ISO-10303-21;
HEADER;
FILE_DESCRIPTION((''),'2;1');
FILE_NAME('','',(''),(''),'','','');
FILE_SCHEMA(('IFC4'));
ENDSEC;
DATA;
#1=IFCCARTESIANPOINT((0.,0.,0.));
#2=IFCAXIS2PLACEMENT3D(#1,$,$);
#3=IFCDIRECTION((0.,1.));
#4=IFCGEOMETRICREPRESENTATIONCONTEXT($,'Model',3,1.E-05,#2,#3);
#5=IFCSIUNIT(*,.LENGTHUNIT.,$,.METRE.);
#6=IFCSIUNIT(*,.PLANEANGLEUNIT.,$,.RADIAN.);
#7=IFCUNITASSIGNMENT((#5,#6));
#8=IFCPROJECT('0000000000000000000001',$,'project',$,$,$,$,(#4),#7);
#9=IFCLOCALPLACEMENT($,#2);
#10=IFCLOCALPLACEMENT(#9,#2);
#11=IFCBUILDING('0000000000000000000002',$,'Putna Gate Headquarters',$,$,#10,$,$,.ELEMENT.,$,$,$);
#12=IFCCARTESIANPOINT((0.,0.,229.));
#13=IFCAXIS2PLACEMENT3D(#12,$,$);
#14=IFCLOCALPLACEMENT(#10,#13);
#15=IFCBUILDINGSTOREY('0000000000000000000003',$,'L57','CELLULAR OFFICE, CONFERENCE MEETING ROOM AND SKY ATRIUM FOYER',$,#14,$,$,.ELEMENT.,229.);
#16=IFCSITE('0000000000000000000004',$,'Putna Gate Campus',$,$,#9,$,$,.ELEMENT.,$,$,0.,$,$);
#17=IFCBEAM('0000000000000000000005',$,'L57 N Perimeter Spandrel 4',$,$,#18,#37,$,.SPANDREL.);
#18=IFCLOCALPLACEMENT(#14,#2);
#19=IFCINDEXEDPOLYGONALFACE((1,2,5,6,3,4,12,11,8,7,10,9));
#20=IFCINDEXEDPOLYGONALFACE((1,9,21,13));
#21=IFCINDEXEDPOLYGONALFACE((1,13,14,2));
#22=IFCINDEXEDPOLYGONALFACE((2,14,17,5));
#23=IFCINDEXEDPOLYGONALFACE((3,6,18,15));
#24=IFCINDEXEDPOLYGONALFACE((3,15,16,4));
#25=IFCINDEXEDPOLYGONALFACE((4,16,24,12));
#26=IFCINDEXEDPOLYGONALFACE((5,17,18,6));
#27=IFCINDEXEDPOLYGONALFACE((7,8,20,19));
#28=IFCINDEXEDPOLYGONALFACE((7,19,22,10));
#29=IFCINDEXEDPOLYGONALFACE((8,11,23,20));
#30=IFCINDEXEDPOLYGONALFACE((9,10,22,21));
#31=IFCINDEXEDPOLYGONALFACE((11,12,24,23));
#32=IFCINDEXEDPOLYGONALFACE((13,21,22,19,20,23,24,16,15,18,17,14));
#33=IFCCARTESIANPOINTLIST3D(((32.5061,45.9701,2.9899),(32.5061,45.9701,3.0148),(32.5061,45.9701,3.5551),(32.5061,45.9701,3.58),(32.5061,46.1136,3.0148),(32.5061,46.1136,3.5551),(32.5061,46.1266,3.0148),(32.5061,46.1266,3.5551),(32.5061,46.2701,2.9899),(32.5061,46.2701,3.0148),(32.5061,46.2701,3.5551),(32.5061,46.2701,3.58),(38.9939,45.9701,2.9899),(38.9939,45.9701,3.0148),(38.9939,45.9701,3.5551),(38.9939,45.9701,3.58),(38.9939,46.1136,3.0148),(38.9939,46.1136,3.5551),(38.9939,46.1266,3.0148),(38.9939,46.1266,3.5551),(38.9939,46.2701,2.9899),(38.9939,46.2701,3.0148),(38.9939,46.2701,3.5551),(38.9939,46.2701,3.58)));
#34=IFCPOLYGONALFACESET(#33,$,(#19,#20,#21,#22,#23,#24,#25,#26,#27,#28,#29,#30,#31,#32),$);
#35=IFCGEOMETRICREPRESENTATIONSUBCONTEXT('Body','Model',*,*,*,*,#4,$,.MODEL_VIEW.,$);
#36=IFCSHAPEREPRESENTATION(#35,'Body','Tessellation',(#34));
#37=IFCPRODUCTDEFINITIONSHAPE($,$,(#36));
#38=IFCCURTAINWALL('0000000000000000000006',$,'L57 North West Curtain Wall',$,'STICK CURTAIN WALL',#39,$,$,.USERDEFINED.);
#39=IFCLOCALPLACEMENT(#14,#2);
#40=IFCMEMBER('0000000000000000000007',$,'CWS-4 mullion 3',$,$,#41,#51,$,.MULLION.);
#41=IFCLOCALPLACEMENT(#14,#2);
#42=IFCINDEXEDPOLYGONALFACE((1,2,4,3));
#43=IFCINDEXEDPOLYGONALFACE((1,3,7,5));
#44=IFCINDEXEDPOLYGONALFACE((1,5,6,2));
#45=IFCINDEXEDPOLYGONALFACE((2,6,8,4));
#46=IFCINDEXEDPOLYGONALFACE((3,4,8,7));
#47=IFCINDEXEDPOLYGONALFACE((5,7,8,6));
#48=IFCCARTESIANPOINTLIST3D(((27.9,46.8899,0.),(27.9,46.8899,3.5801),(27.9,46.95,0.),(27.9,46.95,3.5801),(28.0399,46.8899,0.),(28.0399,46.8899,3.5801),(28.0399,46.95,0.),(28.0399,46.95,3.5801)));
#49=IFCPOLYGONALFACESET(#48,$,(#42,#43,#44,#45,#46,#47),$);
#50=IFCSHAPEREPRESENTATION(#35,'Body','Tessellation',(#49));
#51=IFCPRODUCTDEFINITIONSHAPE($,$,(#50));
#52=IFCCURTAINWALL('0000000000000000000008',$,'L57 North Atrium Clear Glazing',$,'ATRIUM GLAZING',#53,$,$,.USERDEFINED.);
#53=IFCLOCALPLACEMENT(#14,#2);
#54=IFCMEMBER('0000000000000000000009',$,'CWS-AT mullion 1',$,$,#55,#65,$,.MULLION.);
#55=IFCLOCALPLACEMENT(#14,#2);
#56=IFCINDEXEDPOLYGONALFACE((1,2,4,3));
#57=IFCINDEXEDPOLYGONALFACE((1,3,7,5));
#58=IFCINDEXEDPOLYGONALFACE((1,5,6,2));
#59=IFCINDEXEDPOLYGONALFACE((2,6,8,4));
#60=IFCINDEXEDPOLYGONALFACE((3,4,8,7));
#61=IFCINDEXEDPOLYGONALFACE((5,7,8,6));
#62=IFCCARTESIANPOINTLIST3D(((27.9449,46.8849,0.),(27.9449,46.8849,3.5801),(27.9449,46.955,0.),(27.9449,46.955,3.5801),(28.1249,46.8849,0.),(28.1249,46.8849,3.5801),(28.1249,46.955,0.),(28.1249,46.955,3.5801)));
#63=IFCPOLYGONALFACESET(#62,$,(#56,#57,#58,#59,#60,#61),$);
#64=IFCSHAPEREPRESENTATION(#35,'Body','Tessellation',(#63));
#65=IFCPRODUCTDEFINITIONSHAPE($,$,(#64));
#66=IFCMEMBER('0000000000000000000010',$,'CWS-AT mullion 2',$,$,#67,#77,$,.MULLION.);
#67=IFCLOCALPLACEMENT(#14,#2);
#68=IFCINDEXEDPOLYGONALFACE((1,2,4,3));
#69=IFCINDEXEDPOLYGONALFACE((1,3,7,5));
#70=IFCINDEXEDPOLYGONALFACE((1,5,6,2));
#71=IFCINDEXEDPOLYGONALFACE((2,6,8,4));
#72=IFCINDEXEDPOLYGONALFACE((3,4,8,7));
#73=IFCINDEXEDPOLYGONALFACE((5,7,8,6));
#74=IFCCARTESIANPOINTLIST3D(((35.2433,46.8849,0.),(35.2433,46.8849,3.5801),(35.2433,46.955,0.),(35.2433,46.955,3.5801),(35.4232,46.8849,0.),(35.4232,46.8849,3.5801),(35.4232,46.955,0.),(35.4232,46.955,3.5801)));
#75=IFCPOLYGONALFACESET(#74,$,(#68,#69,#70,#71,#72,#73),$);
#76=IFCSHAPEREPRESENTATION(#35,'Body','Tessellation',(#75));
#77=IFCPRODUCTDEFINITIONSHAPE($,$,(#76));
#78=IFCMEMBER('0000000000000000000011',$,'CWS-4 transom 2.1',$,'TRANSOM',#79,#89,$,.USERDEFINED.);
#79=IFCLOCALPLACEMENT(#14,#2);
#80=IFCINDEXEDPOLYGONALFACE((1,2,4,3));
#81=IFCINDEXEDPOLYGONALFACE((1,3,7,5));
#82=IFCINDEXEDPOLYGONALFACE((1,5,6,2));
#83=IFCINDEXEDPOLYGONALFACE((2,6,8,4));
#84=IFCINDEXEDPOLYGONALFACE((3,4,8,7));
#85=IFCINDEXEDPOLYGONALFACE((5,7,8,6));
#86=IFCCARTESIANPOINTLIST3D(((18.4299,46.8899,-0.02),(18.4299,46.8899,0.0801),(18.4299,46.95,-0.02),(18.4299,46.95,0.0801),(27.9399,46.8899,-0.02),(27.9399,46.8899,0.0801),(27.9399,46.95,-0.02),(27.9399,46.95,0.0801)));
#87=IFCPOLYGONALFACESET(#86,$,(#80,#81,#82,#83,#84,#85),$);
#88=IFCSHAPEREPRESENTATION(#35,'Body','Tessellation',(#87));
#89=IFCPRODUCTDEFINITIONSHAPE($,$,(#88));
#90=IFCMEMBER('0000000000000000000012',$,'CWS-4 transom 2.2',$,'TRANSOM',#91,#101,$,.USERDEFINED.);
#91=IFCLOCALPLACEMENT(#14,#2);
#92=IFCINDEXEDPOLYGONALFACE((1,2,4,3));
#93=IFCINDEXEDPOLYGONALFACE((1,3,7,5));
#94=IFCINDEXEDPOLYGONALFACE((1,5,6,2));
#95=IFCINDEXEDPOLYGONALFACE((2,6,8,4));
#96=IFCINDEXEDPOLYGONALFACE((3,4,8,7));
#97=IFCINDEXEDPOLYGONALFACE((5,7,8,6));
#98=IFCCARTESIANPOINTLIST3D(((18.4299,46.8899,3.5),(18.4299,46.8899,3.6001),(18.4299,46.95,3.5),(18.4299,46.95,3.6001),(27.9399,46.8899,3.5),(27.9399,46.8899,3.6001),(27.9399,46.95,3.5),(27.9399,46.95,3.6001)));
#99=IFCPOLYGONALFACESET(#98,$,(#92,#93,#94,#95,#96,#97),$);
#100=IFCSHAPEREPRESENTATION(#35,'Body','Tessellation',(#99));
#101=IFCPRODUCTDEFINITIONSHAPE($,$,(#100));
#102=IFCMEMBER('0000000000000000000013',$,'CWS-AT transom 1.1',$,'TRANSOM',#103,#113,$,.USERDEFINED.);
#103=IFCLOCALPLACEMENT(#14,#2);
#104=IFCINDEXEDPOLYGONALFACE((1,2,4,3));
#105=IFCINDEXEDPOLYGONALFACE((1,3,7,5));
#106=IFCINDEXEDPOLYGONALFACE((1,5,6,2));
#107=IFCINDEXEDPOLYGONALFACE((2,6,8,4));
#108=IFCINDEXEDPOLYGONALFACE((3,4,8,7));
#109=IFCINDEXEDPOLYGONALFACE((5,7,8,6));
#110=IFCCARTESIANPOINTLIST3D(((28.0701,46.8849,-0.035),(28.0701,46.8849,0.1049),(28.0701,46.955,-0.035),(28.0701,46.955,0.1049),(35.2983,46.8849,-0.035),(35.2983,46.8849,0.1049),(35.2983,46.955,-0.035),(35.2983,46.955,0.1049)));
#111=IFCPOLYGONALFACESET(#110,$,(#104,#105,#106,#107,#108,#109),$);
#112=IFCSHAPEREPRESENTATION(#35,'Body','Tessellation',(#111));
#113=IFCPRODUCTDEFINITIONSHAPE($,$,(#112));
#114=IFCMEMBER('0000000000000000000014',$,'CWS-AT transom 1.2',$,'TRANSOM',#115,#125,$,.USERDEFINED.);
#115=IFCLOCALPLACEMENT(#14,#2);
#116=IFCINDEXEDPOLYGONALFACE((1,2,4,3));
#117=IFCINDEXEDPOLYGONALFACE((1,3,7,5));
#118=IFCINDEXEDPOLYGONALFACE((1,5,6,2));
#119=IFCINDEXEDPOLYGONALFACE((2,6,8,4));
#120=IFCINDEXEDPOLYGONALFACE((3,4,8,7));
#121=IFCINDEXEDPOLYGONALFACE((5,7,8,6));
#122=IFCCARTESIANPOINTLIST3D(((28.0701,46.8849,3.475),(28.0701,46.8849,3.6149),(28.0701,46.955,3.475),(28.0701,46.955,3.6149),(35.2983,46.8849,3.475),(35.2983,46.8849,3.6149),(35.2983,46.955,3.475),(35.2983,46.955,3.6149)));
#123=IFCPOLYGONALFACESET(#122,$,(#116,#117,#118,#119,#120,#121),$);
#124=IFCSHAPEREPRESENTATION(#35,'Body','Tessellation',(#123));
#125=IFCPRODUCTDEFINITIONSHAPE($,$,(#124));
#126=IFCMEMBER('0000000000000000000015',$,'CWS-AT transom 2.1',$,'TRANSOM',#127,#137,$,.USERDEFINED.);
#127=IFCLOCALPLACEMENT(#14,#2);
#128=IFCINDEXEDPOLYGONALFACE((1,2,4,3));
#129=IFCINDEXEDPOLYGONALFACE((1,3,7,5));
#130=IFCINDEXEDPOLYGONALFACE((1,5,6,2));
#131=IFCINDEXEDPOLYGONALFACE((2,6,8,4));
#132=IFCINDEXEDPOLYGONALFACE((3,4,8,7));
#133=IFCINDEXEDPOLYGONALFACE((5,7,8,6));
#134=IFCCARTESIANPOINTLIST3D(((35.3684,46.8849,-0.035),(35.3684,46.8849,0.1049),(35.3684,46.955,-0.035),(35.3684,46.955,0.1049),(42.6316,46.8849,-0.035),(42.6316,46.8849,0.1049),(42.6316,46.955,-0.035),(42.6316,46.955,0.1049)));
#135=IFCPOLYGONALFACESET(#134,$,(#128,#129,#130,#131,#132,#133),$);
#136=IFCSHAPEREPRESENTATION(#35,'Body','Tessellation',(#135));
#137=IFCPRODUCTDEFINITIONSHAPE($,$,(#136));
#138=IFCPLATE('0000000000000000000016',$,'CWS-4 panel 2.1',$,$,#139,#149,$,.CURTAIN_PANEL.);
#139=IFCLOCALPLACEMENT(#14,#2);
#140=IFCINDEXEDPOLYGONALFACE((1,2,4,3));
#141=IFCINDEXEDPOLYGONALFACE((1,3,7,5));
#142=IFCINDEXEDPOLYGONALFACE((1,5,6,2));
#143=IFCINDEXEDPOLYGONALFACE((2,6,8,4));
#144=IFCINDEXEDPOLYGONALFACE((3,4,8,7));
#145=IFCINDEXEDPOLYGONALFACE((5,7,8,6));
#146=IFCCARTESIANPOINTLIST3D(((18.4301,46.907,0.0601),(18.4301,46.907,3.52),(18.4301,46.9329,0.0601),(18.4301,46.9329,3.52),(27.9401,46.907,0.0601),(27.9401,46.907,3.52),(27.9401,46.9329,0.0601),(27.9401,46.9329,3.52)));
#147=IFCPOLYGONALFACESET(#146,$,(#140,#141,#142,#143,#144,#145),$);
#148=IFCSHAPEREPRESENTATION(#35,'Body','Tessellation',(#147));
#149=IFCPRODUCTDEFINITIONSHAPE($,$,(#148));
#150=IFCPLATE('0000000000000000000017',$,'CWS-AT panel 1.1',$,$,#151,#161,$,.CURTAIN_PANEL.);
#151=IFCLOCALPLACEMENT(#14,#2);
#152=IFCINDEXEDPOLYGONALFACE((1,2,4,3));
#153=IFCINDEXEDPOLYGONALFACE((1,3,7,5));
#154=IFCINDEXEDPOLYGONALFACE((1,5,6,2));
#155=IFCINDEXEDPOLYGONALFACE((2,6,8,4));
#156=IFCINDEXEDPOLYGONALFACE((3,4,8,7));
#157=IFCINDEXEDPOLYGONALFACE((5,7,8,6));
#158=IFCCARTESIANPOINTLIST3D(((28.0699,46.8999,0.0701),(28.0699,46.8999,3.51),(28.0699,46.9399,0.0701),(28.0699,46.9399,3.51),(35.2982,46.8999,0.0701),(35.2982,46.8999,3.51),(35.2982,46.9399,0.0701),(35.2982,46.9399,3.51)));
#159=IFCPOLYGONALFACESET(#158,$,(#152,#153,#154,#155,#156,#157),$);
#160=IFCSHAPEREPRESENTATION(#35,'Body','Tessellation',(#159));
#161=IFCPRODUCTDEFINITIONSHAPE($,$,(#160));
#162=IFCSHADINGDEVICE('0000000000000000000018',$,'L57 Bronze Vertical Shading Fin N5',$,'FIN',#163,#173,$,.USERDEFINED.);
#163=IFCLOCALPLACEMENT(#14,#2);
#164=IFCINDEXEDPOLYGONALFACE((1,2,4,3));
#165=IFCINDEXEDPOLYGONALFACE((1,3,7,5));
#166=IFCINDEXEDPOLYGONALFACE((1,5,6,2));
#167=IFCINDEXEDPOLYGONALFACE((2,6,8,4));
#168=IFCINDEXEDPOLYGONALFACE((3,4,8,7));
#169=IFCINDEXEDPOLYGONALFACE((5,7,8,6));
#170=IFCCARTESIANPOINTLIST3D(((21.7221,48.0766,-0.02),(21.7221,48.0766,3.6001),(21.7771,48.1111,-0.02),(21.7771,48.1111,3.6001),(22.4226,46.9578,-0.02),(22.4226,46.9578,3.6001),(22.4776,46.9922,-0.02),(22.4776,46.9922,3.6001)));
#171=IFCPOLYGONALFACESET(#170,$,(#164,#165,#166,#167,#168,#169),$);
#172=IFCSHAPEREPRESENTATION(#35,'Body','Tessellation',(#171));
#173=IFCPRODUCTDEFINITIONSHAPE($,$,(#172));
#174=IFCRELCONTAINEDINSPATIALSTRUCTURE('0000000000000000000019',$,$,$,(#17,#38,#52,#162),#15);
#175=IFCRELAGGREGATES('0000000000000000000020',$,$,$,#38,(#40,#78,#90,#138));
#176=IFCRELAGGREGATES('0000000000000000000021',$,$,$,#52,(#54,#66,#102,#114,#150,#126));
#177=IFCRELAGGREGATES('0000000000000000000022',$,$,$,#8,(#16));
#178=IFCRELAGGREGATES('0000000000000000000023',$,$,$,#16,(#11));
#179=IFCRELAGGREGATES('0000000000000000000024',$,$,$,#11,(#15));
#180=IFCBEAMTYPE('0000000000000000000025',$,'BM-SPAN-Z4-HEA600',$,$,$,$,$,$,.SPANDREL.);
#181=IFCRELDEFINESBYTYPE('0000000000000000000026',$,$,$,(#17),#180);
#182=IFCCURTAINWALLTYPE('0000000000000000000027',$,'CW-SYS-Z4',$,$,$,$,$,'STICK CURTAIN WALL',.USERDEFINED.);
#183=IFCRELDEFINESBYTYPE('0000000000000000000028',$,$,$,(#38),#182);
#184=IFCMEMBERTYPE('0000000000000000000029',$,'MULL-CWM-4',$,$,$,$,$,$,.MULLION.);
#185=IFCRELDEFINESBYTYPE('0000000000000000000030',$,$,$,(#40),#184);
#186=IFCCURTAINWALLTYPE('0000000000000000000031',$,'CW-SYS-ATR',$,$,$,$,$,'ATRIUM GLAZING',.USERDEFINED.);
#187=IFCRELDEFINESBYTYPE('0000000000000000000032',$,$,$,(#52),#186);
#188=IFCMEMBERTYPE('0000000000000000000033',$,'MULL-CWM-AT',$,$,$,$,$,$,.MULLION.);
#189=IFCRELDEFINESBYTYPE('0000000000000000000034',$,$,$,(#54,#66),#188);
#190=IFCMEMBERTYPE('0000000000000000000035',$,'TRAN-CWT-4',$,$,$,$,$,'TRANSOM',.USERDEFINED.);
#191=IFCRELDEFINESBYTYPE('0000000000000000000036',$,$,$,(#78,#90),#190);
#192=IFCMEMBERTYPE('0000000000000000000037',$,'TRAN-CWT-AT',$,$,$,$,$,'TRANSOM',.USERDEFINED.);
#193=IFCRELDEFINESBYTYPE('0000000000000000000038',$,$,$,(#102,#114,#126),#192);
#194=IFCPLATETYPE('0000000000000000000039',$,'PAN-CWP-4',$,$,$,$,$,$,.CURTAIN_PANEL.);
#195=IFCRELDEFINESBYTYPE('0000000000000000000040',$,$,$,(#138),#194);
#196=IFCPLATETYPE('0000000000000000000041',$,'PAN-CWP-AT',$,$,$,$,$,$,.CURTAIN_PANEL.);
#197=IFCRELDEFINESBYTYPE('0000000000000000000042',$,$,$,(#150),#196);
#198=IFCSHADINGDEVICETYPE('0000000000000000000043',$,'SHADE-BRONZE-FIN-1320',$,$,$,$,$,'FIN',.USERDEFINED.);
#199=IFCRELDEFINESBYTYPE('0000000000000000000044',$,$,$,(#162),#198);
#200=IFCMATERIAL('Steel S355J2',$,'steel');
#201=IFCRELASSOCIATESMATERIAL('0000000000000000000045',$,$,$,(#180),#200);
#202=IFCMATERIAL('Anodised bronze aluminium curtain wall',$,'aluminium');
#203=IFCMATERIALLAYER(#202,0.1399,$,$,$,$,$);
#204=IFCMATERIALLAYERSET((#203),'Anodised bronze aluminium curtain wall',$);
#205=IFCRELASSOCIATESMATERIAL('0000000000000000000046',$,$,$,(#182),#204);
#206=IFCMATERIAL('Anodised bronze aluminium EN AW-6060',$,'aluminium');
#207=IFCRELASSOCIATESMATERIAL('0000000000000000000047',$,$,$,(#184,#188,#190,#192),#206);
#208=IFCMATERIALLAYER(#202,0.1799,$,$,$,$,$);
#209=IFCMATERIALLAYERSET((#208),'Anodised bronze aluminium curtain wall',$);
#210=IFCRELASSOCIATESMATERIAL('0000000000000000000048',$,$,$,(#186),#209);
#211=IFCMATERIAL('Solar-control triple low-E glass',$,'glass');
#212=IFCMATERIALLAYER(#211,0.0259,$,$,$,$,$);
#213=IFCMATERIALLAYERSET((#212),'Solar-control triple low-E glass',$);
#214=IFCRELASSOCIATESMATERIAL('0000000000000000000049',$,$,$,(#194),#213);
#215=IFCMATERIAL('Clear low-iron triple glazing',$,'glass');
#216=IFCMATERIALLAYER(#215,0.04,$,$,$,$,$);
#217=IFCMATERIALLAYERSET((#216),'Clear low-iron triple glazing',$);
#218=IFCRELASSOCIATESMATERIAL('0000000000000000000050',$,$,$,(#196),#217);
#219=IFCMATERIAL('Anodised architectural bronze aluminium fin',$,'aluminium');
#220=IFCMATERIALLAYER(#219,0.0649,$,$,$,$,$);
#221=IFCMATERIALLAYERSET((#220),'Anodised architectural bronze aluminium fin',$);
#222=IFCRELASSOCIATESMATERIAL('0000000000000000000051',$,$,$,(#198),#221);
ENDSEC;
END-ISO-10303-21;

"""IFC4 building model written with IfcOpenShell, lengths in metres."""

from ifc_helpers import new_model, si_unit, direction, frame, origin, origin_2d, place, context, subcontext, project, spatial, rectangle, i_section, extrude, material, layer, layer_set, material_profile, profile_set, type_object, element, aggregate, save


model = new_model("IFC4")

# Units and contexts
model_context = context("Model", 3, precision=1e-05, world=origin(), true_north=direction((0.0, 1.0)))
body_context = subcontext(model_context, "Body", "Model", "MODEL_VIEW")
ifc_project = project(units=[si_unit("LENGTHUNIT", "METRE"), si_unit("PLANEANGLEUNIT", "RADIAN")], contexts=[model_context])

# Site, building, storey
site_placement = place(None, origin())
site = spatial("IfcSite", under=ifc_project, at=site_placement, Name="Putna Gate Campus", CompositionType="ELEMENT", RefElevation=0.0)
building_placement = place(site_placement, origin())
building = spatial("IfcBuilding", under=site, at=building_placement, Name="Putna Gate Headquarters", CompositionType="ELEMENT")
storey_placement = place(building_placement, frame((0.0, 0.0, 229.0)))
storey = spatial("IfcBuildingStorey", under=building, at=storey_placement, Name="L57", Description="CELLULAR OFFICE, CONFERENCE MEETING ROOM AND SKY ATRIUM FOYER", CompositionType="ELEMENT", Elevation=229.0)

# Beam
ifc_material_1 = material(Name="Steel S355J2", Category="steel")
ifc_material_profile_1 = material_profile(ifc_material_1, i_section(OverallWidth=0.3, OverallDepth=0.5901, WebThickness=0.0129, FlangeThickness=0.0249, at=origin_2d()), Name="Steel S355J2")
ifc_profile_set_1 = profile_set([ifc_material_profile_1], Name="Steel S355J2")
beam_type_1 = type_object("IfcBeamType", Name="BM-SPAN-Z4-HEA600", PredefinedType="SPANDREL", material=ifc_profile_set_1)
for number, where, z_axis, x_axis, name in (
    (1, (32.5061, 46.1201, 3.2849), (1.0, 0.0, 0.0), (0.0, 1.0, 0.0), "L57 N Perimeter Spandrel 4"),
):
    element("IfcBeam", number, at=place(storey_placement, frame(where, z_axis=z_axis, x_axis=x_axis)), inside=storey, type_object=beam_type_1, Name=name, PredefinedType="SPANDREL", context=body_context, shape_type="SweptSolid", body=[
        extrude(i_section(OverallWidth=0.3, OverallDepth=0.5901, WebThickness=0.0129, FlangeThickness=0.0249, at=origin_2d()), origin(), (0.0, 0.0, 1.0), 6.4878),
    ])

# Curtain wall, member
ifc_material_2 = material(Name="Anodised bronze aluminium curtain wall", Category="aluminium")
ifc_layer_1 = layer(ifc_material_2, 0.1399)
ifc_layer_set_1 = layer_set([ifc_layer_1], Name="Anodised bronze aluminium curtain wall")
curtain_wall_type_1 = type_object("IfcCurtainWallType", Name="CW-SYS-Z4", ElementType="STICK CURTAIN WALL", PredefinedType="USERDEFINED", material=ifc_layer_set_1)
curtain_wall_1_placement = place(storey_placement, origin())
curtain_wall_1 = element("IfcCurtainWall", 2, at=curtain_wall_1_placement, inside=storey, type_object=curtain_wall_type_1, Name="L57 North West Curtain Wall", ObjectType="STICK CURTAIN WALL", PredefinedType="USERDEFINED")
ifc_material_3 = material(Name="Anodised bronze aluminium EN AW-6060", Category="aluminium")
ifc_material_profile_2 = material_profile(ifc_material_3, rectangle(XDim=0.0601, YDim=0.1399, at=origin_2d()), Name="Anodised bronze aluminium EN AW-6060")
ifc_profile_set_2 = profile_set([ifc_material_profile_2], Name="Anodised bronze aluminium EN AW-6060")
member_type_1 = type_object("IfcMemberType", Name="MULL-CWM-4", PredefinedType="MULLION", material=ifc_profile_set_2)
member_1_placement = place(storey_placement, frame((27.97, 46.9199, 0.0), z_axis=(0.0, 0.0, 1.0), x_axis=(0.0, 1.0, 0.0)))
member_1 = element("IfcMember", 3, at=member_1_placement, type_object=member_type_1, Name="CWS-4 mullion 3", PredefinedType="MULLION", context=body_context, shape_type="SweptSolid", body=[
    extrude(rectangle(XDim=0.0601, YDim=0.1399, at=origin_2d()), origin(), (0.0, 0.0, 1.0), 3.5801),
])

# Curtain wall, members
ifc_layer_2 = layer(ifc_material_2, 0.1799)
ifc_layer_set_2 = layer_set([ifc_layer_2], Name="Anodised bronze aluminium curtain wall")
curtain_wall_type_2 = type_object("IfcCurtainWallType", Name="CW-SYS-ATR", ElementType="ATRIUM GLAZING", PredefinedType="USERDEFINED", material=ifc_layer_set_2)
curtain_wall_2_placement = place(storey_placement, origin())
curtain_wall_2 = element("IfcCurtainWall", 4, at=curtain_wall_2_placement, inside=storey, type_object=curtain_wall_type_2, Name="L57 North Atrium Clear Glazing", ObjectType="ATRIUM GLAZING", PredefinedType="USERDEFINED")
ifc_material_profile_3 = material_profile(ifc_material_3, rectangle(XDim=0.0701, YDim=0.1799, at=origin_2d()), Name="Anodised bronze aluminium EN AW-6060")
ifc_profile_set_3 = profile_set([ifc_material_profile_3], Name="Anodised bronze aluminium EN AW-6060")
member_type_2 = type_object("IfcMemberType", Name="MULL-CWM-AT", PredefinedType="MULLION", material=ifc_profile_set_3)
member_2_placement = place(storey_placement, frame((28.0349, 46.9199, 0.0), z_axis=(0.0, 0.0, 1.0), x_axis=(0.0, 1.0, 0.0)))
member_2 = element("IfcMember", 5, at=member_2_placement, type_object=member_type_2, Name="CWS-AT mullion 1", PredefinedType="MULLION", context=body_context, shape_type="SweptSolid", body=[
    extrude(rectangle(XDim=0.0701, YDim=0.1799, at=origin_2d()), origin(), (0.0, 0.0, 1.0), 3.5801),
])
member_3_placement = place(storey_placement, frame((35.3333, 46.9199, 0.0), z_axis=(0.0, 0.0, 1.0), x_axis=(0.0, 1.0, 0.0)))
member_3 = element("IfcMember", 6, at=member_3_placement, type_object=member_type_2, Name="CWS-AT mullion 2", PredefinedType="MULLION", context=body_context, shape_type="SweptSolid", body=[
    extrude(rectangle(XDim=0.0701, YDim=0.1799, at=origin_2d()), origin(), (0.0, 0.0, 1.0), 3.5801),
])

# Members
ifc_material_profile_4 = material_profile(ifc_material_3, rectangle(XDim=0.0601, YDim=0.1001, at=origin_2d()), Name="Anodised bronze aluminium EN AW-6060")
ifc_profile_set_4 = profile_set([ifc_material_profile_4], Name="Anodised bronze aluminium EN AW-6060")
member_type_3 = type_object("IfcMemberType", Name="TRAN-CWT-4", ElementType="TRANSOM", PredefinedType="USERDEFINED", material=ifc_profile_set_4)
member_4_placement = place(storey_placement, frame((18.4299, 46.9199, 0.03), z_axis=(1.0, 0.0, 0.0), x_axis=(0.0, 1.0, 0.0)))
member_4 = element("IfcMember", 7, at=member_4_placement, type_object=member_type_3, Name="CWS-4 transom 2.1", ObjectType="TRANSOM", PredefinedType="USERDEFINED", context=body_context, shape_type="SweptSolid", body=[
    extrude(rectangle(XDim=0.0601, YDim=0.1001, at=origin_2d()), origin(), (0.0, 0.0, 1.0), 9.51),
])
member_5_placement = place(storey_placement, frame((18.4299, 46.9199, 3.55), z_axis=(1.0, 0.0, 0.0), x_axis=(0.0, 1.0, 0.0)))
member_5 = element("IfcMember", 8, at=member_5_placement, type_object=member_type_3, Name="CWS-4 transom 2.2", ObjectType="TRANSOM", PredefinedType="USERDEFINED", context=body_context, shape_type="SweptSolid", body=[
    extrude(rectangle(XDim=0.0601, YDim=0.1001, at=origin_2d()), origin(), (0.0, 0.0, 1.0), 9.51),
])
ifc_material_profile_5 = material_profile(ifc_material_3, rectangle(XDim=0.0701, YDim=0.1399, at=origin_2d()), Name="Anodised bronze aluminium EN AW-6060")
ifc_profile_set_5 = profile_set([ifc_material_profile_5], Name="Anodised bronze aluminium EN AW-6060")
member_type_4 = type_object("IfcMemberType", Name="TRAN-CWT-AT", ElementType="TRANSOM", PredefinedType="USERDEFINED", material=ifc_profile_set_5)
member_6_placement = place(storey_placement, frame((28.0701, 46.9199, 0.0349), z_axis=(1.0, 0.0, 0.0), x_axis=(0.0, 1.0, 0.0)))
member_6 = element("IfcMember", 9, at=member_6_placement, type_object=member_type_4, Name="CWS-AT transom 1.1", ObjectType="TRANSOM", PredefinedType="USERDEFINED", context=body_context, shape_type="SweptSolid", body=[
    extrude(rectangle(XDim=0.0701, YDim=0.1399, at=origin_2d()), origin(), (0.0, 0.0, 1.0), 7.2283),
])
member_7_placement = place(storey_placement, frame((28.0701, 46.9199, 3.5449), z_axis=(1.0, 0.0, 0.0), x_axis=(0.0, 1.0, 0.0)))
member_7 = element("IfcMember", 10, at=member_7_placement, type_object=member_type_4, Name="CWS-AT transom 1.2", ObjectType="TRANSOM", PredefinedType="USERDEFINED", context=body_context, shape_type="SweptSolid", body=[
    extrude(rectangle(XDim=0.0701, YDim=0.1399, at=origin_2d()), origin(), (0.0, 0.0, 1.0), 7.2283),
])
member_8_placement = place(storey_placement, frame((35.3684, 46.9199, 0.0349), z_axis=(1.0, 0.0, 0.0), x_axis=(0.0, 1.0, 0.0)))
member_8 = element("IfcMember", 11, at=member_8_placement, type_object=member_type_4, Name="CWS-AT transom 2.1", ObjectType="TRANSOM", PredefinedType="USERDEFINED", context=body_context, shape_type="SweptSolid", body=[
    extrude(rectangle(XDim=0.0701, YDim=0.1399, at=origin_2d()), origin(), (0.0, 0.0, 1.0), 7.2632),
])

# Plates
ifc_material_4 = material(Name="Solar-control triple low-E glass", Category="glass")
ifc_layer_3 = layer(ifc_material_4, 0.0259)
ifc_layer_set_3 = layer_set([ifc_layer_3], Name="Solar-control triple low-E glass")
plate_type_1 = type_object("IfcPlateType", Name="PAN-CWP-4", PredefinedType="CURTAIN_PANEL", material=ifc_layer_set_3)
plate_1_placement = place(storey_placement, frame((23.1851, 46.9199, 0.0601), z_axis=(0.0, 0.0, 1.0), x_axis=(1.0, 0.0, 0.0)))
plate_1 = element("IfcPlate", 12, at=plate_1_placement, type_object=plate_type_1, Name="CWS-4 panel 2.1", PredefinedType="CURTAIN_PANEL", context=body_context, shape_type="SweptSolid", body=[
    extrude(rectangle(XDim=9.51, YDim=0.0259, at=origin_2d()), origin(), (0.0, 0.0, 1.0), 3.46),
])
aggregate(curtain_wall_1, [member_1, member_4, member_5, plate_1])
ifc_material_5 = material(Name="Clear low-iron triple glazing", Category="glass")
ifc_layer_4 = layer(ifc_material_5, 0.04)
ifc_layer_set_4 = layer_set([ifc_layer_4], Name="Clear low-iron triple glazing")
plate_type_2 = type_object("IfcPlateType", Name="PAN-CWP-AT", PredefinedType="CURTAIN_PANEL", material=ifc_layer_set_4)
plate_2_placement = place(storey_placement, frame((31.6841, 46.9199, 0.0701), z_axis=(0.0, 0.0, 1.0), x_axis=(1.0, 0.0, 0.0)))
plate_2 = element("IfcPlate", 13, at=plate_2_placement, type_object=plate_type_2, Name="CWS-AT panel 1.1", PredefinedType="CURTAIN_PANEL", context=body_context, shape_type="SweptSolid", body=[
    extrude(rectangle(XDim=7.2283, YDim=0.04, at=origin_2d()), origin(), (0.0, 0.0, 1.0), 3.4399),
])
aggregate(curtain_wall_2, [member_2, member_3, member_6, member_7, plate_2, member_8])

# Shading device
ifc_material_6 = material(Name="Anodised architectural bronze aluminium fin", Category="aluminium")
ifc_layer_5 = layer(ifc_material_6, 0.0649)
ifc_layer_set_5 = layer_set([ifc_layer_5], Name="Anodised architectural bronze aluminium fin")
shading_device_type = type_object("IfcShadingDeviceType", Name="SHADE-BRONZE-FIN-1320", ElementType="FIN", PredefinedType="USERDEFINED", material=ifc_layer_set_5)
for number, where, z_axis, x_axis, name in (
    (14, (22.0999, 47.5344, -0.02), (0.0, 0.0, 1.0), (-0.530659, 0.847585, 0.0), "L57 Bronze Vertical Shading Fin N5"),
):
    element("IfcShadingDevice", number, at=place(storey_placement, frame(where, z_axis=z_axis, x_axis=x_axis)), inside=storey, type_object=shading_device_type, Name=name, ObjectType="FIN", PredefinedType="USERDEFINED", context=body_context, shape_type="SweptSolid", body=[
        extrude(rectangle(XDim=1.3201, YDim=0.0649, at=origin_2d()), origin(), (0.0, 0.0, 1.0), 3.6201),
    ])

save(model, "model.ifc")
